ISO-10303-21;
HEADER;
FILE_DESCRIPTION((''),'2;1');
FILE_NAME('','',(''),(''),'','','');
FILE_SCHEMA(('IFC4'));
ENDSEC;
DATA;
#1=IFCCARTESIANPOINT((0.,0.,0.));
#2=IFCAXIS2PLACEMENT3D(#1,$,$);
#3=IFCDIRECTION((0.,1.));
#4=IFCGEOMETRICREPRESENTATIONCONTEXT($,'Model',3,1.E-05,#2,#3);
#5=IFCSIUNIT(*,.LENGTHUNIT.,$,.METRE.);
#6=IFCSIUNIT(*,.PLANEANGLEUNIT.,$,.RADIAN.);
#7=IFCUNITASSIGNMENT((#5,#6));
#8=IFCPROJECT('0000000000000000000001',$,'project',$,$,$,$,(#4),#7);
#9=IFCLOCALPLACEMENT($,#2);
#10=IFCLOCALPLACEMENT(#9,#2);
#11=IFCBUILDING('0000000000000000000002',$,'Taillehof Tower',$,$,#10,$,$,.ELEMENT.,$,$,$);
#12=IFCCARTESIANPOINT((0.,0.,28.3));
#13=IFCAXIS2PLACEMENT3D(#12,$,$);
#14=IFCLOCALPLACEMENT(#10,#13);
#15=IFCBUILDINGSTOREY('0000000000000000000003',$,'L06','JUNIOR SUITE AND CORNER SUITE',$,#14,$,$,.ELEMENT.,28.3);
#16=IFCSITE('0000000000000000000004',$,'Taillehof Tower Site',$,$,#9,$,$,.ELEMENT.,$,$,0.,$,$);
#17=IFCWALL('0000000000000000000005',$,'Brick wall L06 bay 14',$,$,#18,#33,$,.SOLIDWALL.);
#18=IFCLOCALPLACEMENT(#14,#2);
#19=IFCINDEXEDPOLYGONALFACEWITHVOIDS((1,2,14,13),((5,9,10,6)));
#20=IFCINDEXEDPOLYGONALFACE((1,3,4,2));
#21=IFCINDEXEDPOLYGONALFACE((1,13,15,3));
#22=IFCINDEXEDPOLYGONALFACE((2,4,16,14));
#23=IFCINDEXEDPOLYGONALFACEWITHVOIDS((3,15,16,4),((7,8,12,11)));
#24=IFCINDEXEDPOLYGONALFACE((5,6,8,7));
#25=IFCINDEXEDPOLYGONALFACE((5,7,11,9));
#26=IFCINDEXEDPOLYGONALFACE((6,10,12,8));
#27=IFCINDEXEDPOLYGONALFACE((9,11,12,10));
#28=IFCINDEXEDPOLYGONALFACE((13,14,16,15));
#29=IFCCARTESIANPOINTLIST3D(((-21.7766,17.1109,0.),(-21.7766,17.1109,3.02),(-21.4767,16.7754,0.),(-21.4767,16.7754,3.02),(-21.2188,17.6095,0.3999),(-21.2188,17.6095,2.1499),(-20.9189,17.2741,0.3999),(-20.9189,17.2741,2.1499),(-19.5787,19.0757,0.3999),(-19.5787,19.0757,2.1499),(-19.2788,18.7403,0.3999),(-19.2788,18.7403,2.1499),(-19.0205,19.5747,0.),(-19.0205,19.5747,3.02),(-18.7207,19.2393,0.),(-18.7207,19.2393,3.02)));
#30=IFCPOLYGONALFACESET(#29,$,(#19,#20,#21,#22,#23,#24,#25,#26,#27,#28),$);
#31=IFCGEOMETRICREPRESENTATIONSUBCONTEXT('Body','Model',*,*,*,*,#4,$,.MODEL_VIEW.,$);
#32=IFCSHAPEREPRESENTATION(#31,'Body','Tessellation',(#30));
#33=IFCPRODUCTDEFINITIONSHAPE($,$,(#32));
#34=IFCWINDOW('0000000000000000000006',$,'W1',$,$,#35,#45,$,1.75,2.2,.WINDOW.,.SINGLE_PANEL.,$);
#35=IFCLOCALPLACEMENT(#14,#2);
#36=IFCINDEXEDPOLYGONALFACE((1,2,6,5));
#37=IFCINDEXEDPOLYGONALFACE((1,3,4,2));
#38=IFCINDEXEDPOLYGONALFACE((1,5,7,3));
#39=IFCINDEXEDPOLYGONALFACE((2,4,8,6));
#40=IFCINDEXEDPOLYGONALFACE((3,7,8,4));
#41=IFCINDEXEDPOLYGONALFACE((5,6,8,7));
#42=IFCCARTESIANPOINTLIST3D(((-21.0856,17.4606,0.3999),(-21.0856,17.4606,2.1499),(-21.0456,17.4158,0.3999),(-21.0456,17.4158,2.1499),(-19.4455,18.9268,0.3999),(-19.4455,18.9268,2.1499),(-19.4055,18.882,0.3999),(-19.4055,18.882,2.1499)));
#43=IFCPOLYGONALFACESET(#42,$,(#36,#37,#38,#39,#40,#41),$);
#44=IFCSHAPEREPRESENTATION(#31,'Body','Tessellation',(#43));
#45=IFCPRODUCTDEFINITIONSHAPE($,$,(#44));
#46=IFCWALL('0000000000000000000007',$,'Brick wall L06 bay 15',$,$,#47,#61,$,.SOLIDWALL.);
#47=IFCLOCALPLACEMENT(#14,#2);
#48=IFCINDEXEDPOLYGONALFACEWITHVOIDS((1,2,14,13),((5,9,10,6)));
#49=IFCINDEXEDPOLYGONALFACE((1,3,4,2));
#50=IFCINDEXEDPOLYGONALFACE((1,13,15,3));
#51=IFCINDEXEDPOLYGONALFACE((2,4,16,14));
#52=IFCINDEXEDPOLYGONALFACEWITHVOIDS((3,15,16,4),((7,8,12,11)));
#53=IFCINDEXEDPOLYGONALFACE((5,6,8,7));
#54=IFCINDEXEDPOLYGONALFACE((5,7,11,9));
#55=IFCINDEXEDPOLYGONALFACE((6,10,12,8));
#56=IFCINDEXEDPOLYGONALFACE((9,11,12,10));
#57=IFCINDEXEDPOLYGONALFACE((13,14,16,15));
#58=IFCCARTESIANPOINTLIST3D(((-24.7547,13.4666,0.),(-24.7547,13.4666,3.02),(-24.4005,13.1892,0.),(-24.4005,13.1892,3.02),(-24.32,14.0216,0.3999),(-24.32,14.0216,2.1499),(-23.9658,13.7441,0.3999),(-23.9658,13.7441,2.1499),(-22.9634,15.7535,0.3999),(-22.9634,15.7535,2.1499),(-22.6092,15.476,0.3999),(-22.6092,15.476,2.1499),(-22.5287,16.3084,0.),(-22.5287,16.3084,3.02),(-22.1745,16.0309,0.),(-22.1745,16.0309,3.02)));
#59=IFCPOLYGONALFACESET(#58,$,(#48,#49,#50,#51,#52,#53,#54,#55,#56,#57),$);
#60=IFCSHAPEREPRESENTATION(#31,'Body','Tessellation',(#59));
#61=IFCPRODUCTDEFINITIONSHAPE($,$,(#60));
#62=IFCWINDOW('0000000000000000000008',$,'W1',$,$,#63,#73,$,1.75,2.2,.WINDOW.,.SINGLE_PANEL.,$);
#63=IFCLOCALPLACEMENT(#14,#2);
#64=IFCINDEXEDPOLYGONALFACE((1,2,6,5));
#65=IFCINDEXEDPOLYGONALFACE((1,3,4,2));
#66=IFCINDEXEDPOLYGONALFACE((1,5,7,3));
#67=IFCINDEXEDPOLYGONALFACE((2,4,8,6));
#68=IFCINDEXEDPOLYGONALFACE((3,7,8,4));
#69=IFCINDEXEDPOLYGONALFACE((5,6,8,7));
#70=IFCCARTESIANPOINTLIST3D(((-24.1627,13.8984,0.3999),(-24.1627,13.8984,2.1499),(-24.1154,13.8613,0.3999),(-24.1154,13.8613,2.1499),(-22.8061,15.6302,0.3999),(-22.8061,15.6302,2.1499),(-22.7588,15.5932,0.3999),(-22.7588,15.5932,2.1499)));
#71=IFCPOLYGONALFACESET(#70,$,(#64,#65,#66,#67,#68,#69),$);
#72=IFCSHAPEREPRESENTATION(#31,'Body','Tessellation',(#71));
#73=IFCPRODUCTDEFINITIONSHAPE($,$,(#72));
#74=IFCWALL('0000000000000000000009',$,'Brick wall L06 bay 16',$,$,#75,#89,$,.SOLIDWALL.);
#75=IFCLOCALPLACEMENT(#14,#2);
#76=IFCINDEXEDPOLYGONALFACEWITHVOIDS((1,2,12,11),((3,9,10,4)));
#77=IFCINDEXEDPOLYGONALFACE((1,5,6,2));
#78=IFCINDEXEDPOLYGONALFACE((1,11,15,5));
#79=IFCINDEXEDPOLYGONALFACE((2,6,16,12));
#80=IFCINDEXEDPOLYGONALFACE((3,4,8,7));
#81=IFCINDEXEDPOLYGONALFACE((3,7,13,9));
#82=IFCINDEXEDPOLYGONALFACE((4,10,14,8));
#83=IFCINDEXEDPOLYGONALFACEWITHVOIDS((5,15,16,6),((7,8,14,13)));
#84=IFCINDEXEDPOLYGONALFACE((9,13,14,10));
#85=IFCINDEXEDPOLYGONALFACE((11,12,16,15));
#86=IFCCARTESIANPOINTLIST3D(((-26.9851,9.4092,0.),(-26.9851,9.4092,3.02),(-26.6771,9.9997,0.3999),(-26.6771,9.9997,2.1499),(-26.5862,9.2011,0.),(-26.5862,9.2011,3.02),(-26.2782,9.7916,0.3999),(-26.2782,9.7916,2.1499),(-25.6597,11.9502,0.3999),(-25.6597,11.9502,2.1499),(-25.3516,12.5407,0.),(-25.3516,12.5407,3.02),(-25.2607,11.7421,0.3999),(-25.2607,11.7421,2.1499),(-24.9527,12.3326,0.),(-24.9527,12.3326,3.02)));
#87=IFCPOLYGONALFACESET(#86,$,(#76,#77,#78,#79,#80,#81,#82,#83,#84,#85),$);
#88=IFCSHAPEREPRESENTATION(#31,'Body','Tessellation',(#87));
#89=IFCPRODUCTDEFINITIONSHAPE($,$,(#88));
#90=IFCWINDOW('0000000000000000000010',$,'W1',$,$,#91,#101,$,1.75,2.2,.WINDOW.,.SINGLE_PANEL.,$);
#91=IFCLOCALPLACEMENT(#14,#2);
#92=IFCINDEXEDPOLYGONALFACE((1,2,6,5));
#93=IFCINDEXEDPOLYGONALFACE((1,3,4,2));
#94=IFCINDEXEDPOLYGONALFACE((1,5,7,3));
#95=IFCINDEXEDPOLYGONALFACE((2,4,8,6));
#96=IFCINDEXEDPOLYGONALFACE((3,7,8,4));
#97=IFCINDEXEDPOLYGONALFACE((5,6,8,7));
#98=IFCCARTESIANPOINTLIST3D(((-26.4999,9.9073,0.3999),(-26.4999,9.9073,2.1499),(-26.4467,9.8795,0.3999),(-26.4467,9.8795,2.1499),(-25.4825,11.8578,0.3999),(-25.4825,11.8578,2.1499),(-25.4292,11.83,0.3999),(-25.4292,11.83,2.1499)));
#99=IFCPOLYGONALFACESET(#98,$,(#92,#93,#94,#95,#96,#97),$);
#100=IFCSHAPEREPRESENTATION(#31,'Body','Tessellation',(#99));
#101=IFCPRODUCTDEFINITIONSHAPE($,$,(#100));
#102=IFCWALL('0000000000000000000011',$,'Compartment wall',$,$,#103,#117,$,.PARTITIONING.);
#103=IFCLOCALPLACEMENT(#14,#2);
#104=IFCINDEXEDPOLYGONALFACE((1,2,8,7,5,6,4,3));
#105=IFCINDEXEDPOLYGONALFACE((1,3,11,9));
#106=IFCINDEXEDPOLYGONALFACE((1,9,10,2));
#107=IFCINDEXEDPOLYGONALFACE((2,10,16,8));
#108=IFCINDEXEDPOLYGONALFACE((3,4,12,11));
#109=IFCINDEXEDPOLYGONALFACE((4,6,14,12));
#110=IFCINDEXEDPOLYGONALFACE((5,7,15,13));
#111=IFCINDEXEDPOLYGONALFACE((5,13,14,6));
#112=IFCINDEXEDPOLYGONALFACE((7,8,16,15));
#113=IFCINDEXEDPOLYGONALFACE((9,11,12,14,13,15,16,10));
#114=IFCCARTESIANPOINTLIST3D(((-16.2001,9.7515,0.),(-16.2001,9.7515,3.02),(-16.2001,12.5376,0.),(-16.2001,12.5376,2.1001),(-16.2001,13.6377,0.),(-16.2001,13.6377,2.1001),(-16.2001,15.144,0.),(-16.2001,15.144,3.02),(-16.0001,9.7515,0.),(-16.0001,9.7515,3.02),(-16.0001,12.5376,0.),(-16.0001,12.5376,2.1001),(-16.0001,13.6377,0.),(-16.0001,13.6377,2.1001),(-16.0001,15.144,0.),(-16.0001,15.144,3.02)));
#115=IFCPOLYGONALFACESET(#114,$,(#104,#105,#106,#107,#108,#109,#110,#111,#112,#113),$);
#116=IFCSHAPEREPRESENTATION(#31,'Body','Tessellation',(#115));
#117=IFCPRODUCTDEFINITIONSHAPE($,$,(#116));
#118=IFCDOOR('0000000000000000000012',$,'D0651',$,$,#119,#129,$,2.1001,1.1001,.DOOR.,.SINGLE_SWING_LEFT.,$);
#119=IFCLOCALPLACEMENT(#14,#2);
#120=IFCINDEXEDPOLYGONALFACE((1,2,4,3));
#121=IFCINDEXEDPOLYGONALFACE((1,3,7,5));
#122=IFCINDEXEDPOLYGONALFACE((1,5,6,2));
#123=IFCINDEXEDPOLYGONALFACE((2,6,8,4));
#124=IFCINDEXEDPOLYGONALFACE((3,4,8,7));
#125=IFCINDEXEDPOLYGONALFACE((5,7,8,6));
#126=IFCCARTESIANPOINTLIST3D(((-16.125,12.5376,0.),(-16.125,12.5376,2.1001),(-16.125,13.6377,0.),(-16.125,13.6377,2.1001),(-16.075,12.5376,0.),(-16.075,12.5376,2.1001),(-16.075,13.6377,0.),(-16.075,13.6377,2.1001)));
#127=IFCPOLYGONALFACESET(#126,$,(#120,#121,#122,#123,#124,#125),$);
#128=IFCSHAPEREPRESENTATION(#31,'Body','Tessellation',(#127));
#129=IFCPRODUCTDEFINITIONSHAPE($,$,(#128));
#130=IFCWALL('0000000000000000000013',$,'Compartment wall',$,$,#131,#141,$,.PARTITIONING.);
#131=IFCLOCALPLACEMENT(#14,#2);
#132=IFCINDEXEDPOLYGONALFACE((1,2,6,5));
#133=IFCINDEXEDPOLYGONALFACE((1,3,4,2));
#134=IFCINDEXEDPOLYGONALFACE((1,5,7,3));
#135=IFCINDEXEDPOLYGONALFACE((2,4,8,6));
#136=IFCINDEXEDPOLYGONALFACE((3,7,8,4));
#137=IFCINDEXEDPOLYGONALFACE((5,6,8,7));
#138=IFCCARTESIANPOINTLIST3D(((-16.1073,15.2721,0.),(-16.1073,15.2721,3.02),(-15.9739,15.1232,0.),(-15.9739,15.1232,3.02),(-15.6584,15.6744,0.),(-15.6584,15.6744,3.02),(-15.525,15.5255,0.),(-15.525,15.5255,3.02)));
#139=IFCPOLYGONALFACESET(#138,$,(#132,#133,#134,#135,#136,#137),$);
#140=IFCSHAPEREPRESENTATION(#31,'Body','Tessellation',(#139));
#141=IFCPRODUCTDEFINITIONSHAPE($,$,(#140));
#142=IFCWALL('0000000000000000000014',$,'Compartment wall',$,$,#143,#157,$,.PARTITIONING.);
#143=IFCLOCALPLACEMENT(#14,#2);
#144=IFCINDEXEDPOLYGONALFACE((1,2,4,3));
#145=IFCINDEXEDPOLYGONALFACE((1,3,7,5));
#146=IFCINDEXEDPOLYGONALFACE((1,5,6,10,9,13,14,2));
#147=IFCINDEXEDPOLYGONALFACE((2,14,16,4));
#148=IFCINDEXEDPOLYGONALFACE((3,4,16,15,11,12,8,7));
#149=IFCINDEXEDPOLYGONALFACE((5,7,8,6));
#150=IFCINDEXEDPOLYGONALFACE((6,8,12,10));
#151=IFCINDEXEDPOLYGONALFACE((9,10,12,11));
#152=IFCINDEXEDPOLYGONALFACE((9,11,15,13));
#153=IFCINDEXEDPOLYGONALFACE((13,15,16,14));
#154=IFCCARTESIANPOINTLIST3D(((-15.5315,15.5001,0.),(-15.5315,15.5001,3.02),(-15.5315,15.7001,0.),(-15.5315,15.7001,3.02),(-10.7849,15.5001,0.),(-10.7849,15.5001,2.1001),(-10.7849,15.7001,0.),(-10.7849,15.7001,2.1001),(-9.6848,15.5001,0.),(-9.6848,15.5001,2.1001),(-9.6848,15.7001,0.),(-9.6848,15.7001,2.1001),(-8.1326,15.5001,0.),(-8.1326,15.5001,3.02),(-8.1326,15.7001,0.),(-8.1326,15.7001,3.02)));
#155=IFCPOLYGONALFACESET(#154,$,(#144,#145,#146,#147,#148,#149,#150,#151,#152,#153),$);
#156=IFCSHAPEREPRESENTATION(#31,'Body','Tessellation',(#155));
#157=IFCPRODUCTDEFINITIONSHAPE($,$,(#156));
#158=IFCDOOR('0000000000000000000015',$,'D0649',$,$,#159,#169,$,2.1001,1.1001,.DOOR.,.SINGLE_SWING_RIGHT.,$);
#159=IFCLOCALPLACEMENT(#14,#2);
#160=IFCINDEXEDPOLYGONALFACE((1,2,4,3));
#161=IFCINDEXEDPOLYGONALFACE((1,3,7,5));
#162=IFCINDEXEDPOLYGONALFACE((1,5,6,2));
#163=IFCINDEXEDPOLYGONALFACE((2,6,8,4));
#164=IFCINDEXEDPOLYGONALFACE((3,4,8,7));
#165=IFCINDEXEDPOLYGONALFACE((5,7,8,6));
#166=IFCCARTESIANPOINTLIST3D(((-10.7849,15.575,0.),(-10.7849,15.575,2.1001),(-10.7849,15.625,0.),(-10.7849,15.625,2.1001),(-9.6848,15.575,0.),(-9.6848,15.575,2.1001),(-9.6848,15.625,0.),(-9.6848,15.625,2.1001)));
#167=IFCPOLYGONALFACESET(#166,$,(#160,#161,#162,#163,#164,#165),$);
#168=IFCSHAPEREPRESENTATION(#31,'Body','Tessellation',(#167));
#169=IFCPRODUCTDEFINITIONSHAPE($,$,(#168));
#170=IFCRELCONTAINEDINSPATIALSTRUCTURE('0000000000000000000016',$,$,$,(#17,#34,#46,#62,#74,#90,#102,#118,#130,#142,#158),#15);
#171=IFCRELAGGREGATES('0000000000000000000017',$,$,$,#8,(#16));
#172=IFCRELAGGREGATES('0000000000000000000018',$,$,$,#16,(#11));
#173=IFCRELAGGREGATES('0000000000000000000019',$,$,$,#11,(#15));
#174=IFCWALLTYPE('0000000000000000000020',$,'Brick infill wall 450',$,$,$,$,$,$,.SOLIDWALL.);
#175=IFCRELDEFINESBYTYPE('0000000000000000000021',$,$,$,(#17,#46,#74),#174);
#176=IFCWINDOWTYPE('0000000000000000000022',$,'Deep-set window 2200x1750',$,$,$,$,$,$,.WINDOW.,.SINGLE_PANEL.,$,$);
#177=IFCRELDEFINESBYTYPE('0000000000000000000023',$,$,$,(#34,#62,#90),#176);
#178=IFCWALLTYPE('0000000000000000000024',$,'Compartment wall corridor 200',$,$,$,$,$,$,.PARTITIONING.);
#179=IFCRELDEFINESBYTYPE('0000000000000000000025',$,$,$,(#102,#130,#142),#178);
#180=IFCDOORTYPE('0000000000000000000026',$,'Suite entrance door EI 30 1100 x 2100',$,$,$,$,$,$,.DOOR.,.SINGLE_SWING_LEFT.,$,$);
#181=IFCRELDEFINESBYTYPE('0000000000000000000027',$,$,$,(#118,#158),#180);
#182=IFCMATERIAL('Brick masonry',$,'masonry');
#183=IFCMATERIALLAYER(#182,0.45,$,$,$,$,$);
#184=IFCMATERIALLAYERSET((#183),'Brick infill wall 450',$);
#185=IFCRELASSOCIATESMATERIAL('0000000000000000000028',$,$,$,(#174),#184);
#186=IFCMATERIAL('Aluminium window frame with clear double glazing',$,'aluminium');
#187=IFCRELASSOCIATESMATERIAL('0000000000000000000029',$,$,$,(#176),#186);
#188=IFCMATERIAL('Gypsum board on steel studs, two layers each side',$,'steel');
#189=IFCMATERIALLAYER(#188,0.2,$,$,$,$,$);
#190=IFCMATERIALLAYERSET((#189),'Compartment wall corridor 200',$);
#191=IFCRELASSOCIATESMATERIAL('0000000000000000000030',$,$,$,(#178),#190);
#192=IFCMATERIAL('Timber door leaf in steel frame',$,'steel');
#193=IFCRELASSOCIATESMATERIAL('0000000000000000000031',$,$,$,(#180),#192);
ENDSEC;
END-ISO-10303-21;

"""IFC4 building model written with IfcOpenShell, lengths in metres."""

from ifc_helpers import new_model, si_unit, direction, frame, frame_2d, origin, place, context, subcontext, project, spatial, rectangle, extrude, material, layer, layer_set, type_object, element, fill, save


model = new_model("IFC4")

# Units and contexts
model_context = context("Model", 3, precision=1e-05, world=origin(), true_north=direction((0.0, 1.0)))
body_context = subcontext(model_context, "Body", "Model", "MODEL_VIEW")
ifc_project = project(units=[si_unit("LENGTHUNIT", "METRE"), si_unit("PLANEANGLEUNIT", "RADIAN")], contexts=[model_context])

# Site, building, storey
site_placement = place(None, origin())
site = spatial("IfcSite", under=ifc_project, at=site_placement, Name="Taillehof Tower Site", CompositionType="ELEMENT", RefElevation=0.0)
building_placement = place(site_placement, origin())
building = spatial("IfcBuilding", under=site, at=building_placement, Name="Taillehof Tower", CompositionType="ELEMENT")
storey_placement = place(building_placement, frame((0.0, 0.0, 28.3)))
storey = spatial("IfcBuildingStorey", under=building, at=storey_placement, Name="L06", Description="JUNIOR SUITE AND CORNER SUITE", CompositionType="ELEMENT", Elevation=28.3)

# Walls, openings, windows
ifc_material_1 = material(Name="Brick masonry", Category="masonry")
ifc_layer_1 = layer(ifc_material_1, 0.45)
ifc_layer_set_1 = layer_set([ifc_layer_1], Name="Brick infill wall 450")
wall_type_1 = type_object("IfcWallType", Name="Brick infill wall 450", PredefinedType="SOLIDWALL", material=ifc_layer_set_1)
ifc_material_2 = material(Name="Aluminium window frame with clear double glazing", Category="aluminium")
window_type = type_object("IfcWindowType", Name="Deep-set window 2200x1750", PartitioningType="SINGLE_PANEL", PredefinedType="WINDOW", material=ifc_material_2)
wall_1_placement = place(storey_placement, frame((-18.8706, 19.407, 0.0), z_axis=(0.0, 0.0, 1.0), x_axis=(-0.745526, -0.666476, 0.0)))
wall_1 = element("IfcWall", 1, at=wall_1_placement, inside=storey, type_object=wall_type_1, Name="Brick wall L06 bay 14", PredefinedType="SOLIDWALL", context=body_context, shape_type="SweptSolid", body=[
    extrude(rectangle(XDim=3.6968, YDim=0.45, at=frame_2d((1.8484, 0.0))), origin(), (0.0, 0.0, 1.0), 3.02),
])
opening_1_placement = place(wall_1_placement, frame((0.7485, 0.0, 0.3999)))
opening_1 = element("IfcOpeningElement", 2, at=opening_1_placement, cuts=wall_1, PredefinedType="OPENING", context=body_context, shape_type="SweptSolid", body=[
    extrude(rectangle(XDim=2.2, YDim=1.75, at=frame_2d((1.1001, 0.875))), frame((0.0, 0.2349, 0.0), z_axis=(0.0, -1.0, 0.0), x_axis=(1.0, 0.0, 0.0)), (0.0, 0.0, 1.0), 0.47),
])
window_1_placement = place(opening_1_placement, origin())
window_1 = element("IfcWindow", 3, at=window_1_placement, inside=storey, type_object=window_type, Name="W1", OverallHeight=1.75, OverallWidth=2.2, PartitioningType="SINGLE_PANEL", PredefinedType="WINDOW", context=body_context, shape_type="SweptSolid", body=[
    extrude(rectangle(XDim=2.2, YDim=1.75, at=frame_2d((1.1001, 0.875))), frame((0.0, 0.0349, 0.0), z_axis=(0.0, -1.0, 0.0), x_axis=(1.0, 0.0, 0.0)), (0.0, 0.0, 1.0), 0.0601),
])
fill(opening_1, window_1)
wall_2_placement = place(storey_placement, frame((-22.3516, 16.1697, 0.0), z_axis=(0.0, 0.0, 1.0), x_axis=(-0.616662, -0.787228, 0.0)))
wall_2 = element("IfcWall", 4, at=wall_2_placement, inside=storey, type_object=wall_type_1, Name="Brick wall L06 bay 15", PredefinedType="SOLIDWALL", context=body_context, shape_type="SweptSolid", body=[
    extrude(rectangle(XDim=3.6099, YDim=0.45, at=frame_2d((1.8049, 0.0))), origin(), (0.0, 0.0, 1.0), 3.02),
])
opening_2_placement = place(wall_2_placement, frame((0.7048, 0.0, 0.3999)))
opening_2 = element("IfcOpeningElement", 5, at=opening_2_placement, cuts=wall_2, PredefinedType="OPENING", context=body_context, shape_type="SweptSolid", body=[
    extrude(rectangle(XDim=2.2, YDim=1.75, at=frame_2d((1.1001, 0.875))), frame((0.0, 0.2349, 0.0), z_axis=(0.0, -1.0, 0.0), x_axis=(1.0, 0.0, 0.0)), (0.0, 0.0, 1.0), 0.47),
])
window_2_placement = place(opening_2_placement, origin())
window_2 = element("IfcWindow", 6, at=window_2_placement, inside=storey, type_object=window_type, Name="W1", OverallHeight=1.75, OverallWidth=2.2, PartitioningType="SINGLE_PANEL", PredefinedType="WINDOW", context=body_context, shape_type="SweptSolid", body=[
    extrude(rectangle(XDim=2.2, YDim=1.75, at=frame_2d((1.1001, 0.875))), frame((0.0, 0.0349, 0.0), z_axis=(0.0, -1.0, 0.0), x_axis=(1.0, 0.0, 0.0)), (0.0, 0.0, 1.0), 0.0601),
])
fill(opening_2, window_2)
wall_3_placement = place(storey_placement, frame((-25.1521, 12.4368, 0.0), z_axis=(0.0, 0.0, 1.0), x_axis=(-0.462493, -0.886623, 0.0)))
wall_3 = element("IfcWall", 7, at=wall_3_placement, inside=storey, type_object=wall_type_1, Name="Brick wall L06 bay 16", PredefinedType="SOLIDWALL", context=body_context, shape_type="SweptSolid", body=[
    extrude(rectangle(XDim=3.532, YDim=0.45, at=frame_2d((1.7661, 0.0))), origin(), (0.0, 0.0, 1.0), 3.02),
])
opening_3_placement = place(wall_3_placement, frame((0.666, 0.0, 0.3999)))
opening_3 = element("IfcOpeningElement", 8, at=opening_3_placement, cuts=wall_3, PredefinedType="OPENING", context=body_context, shape_type="SweptSolid", body=[
    extrude(rectangle(XDim=2.2, YDim=1.75, at=frame_2d((1.1001, 0.875))), frame((0.0, 0.2349, 0.0), z_axis=(0.0, -1.0, 0.0), x_axis=(1.0, 0.0, 0.0)), (0.0, 0.0, 1.0), 0.47),
])
window_3_placement = place(opening_3_placement, origin())
window_3 = element("IfcWindow", 9, at=window_3_placement, inside=storey, type_object=window_type, Name="W1", OverallHeight=1.75, OverallWidth=2.2, PartitioningType="SINGLE_PANEL", PredefinedType="WINDOW", context=body_context, shape_type="SweptSolid", body=[
    extrude(rectangle(XDim=2.2, YDim=1.75, at=frame_2d((1.1001, 0.875))), frame((0.0, 0.0349, 0.0), z_axis=(0.0, -1.0, 0.0), x_axis=(1.0, 0.0, 0.0)), (0.0, 0.0, 1.0), 0.0601),
])
fill(opening_3, window_3)

# Wall, opening, door
ifc_material_3 = material(Name="Gypsum board on steel studs, two layers each side", Category="steel")
ifc_layer_2 = layer(ifc_material_3, 0.2)
ifc_layer_set_2 = layer_set([ifc_layer_2], Name="Compartment wall corridor 200")
wall_type_2 = type_object("IfcWallType", Name="Compartment wall corridor 200", PredefinedType="PARTITIONING", material=ifc_layer_set_2)
wall_4_placement = place(storey_placement, frame((-16.1001, 9.7515, 0.0), z_axis=(0.0, 0.0, 1.0), x_axis=(0.0, 1.0, 0.0)))
wall_4 = element("IfcWall", 10, at=wall_4_placement, inside=storey, type_object=wall_type_2, Name="Compartment wall", PredefinedType="PARTITIONING", context=body_context, shape_type="SweptSolid", body=[
    extrude(rectangle(XDim=5.3926, YDim=0.2, at=frame_2d((2.6963, 0.0))), origin(), (0.0, 0.0, 1.0), 3.02),
])
opening_4_placement = place(wall_4_placement, frame((2.7861, 0.0, 0.0)))
opening_4 = element("IfcOpeningElement", 11, at=opening_4_placement, cuts=wall_4, PredefinedType="OPENING", context=body_context, shape_type="SweptSolid", body=[
    extrude(rectangle(XDim=1.1001, YDim=2.1001, at=frame_2d((0.55, 1.05))), frame((0.0, 0.1099, 0.0), z_axis=(0.0, -1.0, 0.0), x_axis=(1.0, 0.0, 0.0)), (0.0, 0.0, 1.0), 0.22),
])
ifc_material_4 = material(Name="Timber door leaf in steel frame", Category="steel")
door_type_1 = type_object("IfcDoorType", Name="Suite entrance door EI 30 1100 x 2100", OperationType="SINGLE_SWING_LEFT", PredefinedType="DOOR", material=ifc_material_4)
door_1_placement = place(opening_4_placement, origin())
door_1 = element("IfcDoor", 12, at=door_1_placement, inside=storey, type_object=door_type_1, Name="D0651", OperationType="SINGLE_SWING_LEFT", OverallHeight=2.1001, OverallWidth=1.1001, PredefinedType="DOOR", context=body_context, shape_type="SweptSolid", body=[
    extrude(rectangle(XDim=1.1001, YDim=2.1001, at=frame_2d((0.55, 1.05))), frame((0.0, 0.0249, 0.0), z_axis=(0.0, -1.0, 0.0), x_axis=(1.0, 0.0, 0.0)), (0.0, 0.0, 1.0), 0.05),
])
fill(opening_4, door_1)

# Wall
wall_5_placement = place(storey_placement, frame((-16.0405, 15.1978, 0.0), z_axis=(0.0, 0.0, 1.0), x_axis=(0.744722, 0.667375, 0.0)))
element("IfcWall", 13, at=wall_5_placement, inside=storey, type_object=wall_type_2, Name="Compartment wall", PredefinedType="PARTITIONING", context=body_context, shape_type="SweptSolid", body=[
    extrude(rectangle(XDim=0.6028, YDim=0.2, at=frame_2d((0.3013, 0.0))), origin(), (0.0, 0.0, 1.0), 3.02),
])

# Wall, opening, door
wall_6_placement = place(storey_placement, frame((-15.5315, 15.6001, 0.0), z_axis=(0.0, 0.0, 1.0), x_axis=(1.0, 0.0, 0.0)))
wall_6 = element("IfcWall", 14, at=wall_6_placement, inside=storey, type_object=wall_type_2, Name="Compartment wall", PredefinedType="PARTITIONING", context=body_context, shape_type="SweptSolid", body=[
    extrude(rectangle(XDim=7.3989, YDim=0.2, at=frame_2d((3.6995, 0.0))), origin(), (0.0, 0.0, 1.0), 3.02),
])
opening_5_placement = place(wall_6_placement, frame((4.7466, 0.0, 0.0)))
opening_5 = element("IfcOpeningElement", 15, at=opening_5_placement, cuts=wall_6, PredefinedType="OPENING", context=body_context, shape_type="SweptSolid", body=[
    extrude(rectangle(XDim=1.1001, YDim=2.1001, at=frame_2d((0.55, 1.05))), frame((0.0, 0.1099, 0.0), z_axis=(0.0, -1.0, 0.0), x_axis=(1.0, 0.0, 0.0)), (0.0, 0.0, 1.0), 0.22),
])
door_2_placement = place(opening_5_placement, origin())
door_2 = element("IfcDoor", 16, at=door_2_placement, inside=storey, type_object=door_type_1, Name="D0649", OperationType="SINGLE_SWING_RIGHT", OverallHeight=2.1001, OverallWidth=1.1001, PredefinedType="DOOR", context=body_context, shape_type="SweptSolid", body=[
    extrude(rectangle(XDim=1.1001, YDim=2.1001, at=frame_2d((0.55, 1.05))), frame((0.0, 0.0249, 0.0), z_axis=(0.0, -1.0, 0.0), x_axis=(1.0, 0.0, 0.0)), (0.0, 0.0, 1.0), 0.05),
])
fill(opening_5, door_2)

save(model, "model.ifc")
